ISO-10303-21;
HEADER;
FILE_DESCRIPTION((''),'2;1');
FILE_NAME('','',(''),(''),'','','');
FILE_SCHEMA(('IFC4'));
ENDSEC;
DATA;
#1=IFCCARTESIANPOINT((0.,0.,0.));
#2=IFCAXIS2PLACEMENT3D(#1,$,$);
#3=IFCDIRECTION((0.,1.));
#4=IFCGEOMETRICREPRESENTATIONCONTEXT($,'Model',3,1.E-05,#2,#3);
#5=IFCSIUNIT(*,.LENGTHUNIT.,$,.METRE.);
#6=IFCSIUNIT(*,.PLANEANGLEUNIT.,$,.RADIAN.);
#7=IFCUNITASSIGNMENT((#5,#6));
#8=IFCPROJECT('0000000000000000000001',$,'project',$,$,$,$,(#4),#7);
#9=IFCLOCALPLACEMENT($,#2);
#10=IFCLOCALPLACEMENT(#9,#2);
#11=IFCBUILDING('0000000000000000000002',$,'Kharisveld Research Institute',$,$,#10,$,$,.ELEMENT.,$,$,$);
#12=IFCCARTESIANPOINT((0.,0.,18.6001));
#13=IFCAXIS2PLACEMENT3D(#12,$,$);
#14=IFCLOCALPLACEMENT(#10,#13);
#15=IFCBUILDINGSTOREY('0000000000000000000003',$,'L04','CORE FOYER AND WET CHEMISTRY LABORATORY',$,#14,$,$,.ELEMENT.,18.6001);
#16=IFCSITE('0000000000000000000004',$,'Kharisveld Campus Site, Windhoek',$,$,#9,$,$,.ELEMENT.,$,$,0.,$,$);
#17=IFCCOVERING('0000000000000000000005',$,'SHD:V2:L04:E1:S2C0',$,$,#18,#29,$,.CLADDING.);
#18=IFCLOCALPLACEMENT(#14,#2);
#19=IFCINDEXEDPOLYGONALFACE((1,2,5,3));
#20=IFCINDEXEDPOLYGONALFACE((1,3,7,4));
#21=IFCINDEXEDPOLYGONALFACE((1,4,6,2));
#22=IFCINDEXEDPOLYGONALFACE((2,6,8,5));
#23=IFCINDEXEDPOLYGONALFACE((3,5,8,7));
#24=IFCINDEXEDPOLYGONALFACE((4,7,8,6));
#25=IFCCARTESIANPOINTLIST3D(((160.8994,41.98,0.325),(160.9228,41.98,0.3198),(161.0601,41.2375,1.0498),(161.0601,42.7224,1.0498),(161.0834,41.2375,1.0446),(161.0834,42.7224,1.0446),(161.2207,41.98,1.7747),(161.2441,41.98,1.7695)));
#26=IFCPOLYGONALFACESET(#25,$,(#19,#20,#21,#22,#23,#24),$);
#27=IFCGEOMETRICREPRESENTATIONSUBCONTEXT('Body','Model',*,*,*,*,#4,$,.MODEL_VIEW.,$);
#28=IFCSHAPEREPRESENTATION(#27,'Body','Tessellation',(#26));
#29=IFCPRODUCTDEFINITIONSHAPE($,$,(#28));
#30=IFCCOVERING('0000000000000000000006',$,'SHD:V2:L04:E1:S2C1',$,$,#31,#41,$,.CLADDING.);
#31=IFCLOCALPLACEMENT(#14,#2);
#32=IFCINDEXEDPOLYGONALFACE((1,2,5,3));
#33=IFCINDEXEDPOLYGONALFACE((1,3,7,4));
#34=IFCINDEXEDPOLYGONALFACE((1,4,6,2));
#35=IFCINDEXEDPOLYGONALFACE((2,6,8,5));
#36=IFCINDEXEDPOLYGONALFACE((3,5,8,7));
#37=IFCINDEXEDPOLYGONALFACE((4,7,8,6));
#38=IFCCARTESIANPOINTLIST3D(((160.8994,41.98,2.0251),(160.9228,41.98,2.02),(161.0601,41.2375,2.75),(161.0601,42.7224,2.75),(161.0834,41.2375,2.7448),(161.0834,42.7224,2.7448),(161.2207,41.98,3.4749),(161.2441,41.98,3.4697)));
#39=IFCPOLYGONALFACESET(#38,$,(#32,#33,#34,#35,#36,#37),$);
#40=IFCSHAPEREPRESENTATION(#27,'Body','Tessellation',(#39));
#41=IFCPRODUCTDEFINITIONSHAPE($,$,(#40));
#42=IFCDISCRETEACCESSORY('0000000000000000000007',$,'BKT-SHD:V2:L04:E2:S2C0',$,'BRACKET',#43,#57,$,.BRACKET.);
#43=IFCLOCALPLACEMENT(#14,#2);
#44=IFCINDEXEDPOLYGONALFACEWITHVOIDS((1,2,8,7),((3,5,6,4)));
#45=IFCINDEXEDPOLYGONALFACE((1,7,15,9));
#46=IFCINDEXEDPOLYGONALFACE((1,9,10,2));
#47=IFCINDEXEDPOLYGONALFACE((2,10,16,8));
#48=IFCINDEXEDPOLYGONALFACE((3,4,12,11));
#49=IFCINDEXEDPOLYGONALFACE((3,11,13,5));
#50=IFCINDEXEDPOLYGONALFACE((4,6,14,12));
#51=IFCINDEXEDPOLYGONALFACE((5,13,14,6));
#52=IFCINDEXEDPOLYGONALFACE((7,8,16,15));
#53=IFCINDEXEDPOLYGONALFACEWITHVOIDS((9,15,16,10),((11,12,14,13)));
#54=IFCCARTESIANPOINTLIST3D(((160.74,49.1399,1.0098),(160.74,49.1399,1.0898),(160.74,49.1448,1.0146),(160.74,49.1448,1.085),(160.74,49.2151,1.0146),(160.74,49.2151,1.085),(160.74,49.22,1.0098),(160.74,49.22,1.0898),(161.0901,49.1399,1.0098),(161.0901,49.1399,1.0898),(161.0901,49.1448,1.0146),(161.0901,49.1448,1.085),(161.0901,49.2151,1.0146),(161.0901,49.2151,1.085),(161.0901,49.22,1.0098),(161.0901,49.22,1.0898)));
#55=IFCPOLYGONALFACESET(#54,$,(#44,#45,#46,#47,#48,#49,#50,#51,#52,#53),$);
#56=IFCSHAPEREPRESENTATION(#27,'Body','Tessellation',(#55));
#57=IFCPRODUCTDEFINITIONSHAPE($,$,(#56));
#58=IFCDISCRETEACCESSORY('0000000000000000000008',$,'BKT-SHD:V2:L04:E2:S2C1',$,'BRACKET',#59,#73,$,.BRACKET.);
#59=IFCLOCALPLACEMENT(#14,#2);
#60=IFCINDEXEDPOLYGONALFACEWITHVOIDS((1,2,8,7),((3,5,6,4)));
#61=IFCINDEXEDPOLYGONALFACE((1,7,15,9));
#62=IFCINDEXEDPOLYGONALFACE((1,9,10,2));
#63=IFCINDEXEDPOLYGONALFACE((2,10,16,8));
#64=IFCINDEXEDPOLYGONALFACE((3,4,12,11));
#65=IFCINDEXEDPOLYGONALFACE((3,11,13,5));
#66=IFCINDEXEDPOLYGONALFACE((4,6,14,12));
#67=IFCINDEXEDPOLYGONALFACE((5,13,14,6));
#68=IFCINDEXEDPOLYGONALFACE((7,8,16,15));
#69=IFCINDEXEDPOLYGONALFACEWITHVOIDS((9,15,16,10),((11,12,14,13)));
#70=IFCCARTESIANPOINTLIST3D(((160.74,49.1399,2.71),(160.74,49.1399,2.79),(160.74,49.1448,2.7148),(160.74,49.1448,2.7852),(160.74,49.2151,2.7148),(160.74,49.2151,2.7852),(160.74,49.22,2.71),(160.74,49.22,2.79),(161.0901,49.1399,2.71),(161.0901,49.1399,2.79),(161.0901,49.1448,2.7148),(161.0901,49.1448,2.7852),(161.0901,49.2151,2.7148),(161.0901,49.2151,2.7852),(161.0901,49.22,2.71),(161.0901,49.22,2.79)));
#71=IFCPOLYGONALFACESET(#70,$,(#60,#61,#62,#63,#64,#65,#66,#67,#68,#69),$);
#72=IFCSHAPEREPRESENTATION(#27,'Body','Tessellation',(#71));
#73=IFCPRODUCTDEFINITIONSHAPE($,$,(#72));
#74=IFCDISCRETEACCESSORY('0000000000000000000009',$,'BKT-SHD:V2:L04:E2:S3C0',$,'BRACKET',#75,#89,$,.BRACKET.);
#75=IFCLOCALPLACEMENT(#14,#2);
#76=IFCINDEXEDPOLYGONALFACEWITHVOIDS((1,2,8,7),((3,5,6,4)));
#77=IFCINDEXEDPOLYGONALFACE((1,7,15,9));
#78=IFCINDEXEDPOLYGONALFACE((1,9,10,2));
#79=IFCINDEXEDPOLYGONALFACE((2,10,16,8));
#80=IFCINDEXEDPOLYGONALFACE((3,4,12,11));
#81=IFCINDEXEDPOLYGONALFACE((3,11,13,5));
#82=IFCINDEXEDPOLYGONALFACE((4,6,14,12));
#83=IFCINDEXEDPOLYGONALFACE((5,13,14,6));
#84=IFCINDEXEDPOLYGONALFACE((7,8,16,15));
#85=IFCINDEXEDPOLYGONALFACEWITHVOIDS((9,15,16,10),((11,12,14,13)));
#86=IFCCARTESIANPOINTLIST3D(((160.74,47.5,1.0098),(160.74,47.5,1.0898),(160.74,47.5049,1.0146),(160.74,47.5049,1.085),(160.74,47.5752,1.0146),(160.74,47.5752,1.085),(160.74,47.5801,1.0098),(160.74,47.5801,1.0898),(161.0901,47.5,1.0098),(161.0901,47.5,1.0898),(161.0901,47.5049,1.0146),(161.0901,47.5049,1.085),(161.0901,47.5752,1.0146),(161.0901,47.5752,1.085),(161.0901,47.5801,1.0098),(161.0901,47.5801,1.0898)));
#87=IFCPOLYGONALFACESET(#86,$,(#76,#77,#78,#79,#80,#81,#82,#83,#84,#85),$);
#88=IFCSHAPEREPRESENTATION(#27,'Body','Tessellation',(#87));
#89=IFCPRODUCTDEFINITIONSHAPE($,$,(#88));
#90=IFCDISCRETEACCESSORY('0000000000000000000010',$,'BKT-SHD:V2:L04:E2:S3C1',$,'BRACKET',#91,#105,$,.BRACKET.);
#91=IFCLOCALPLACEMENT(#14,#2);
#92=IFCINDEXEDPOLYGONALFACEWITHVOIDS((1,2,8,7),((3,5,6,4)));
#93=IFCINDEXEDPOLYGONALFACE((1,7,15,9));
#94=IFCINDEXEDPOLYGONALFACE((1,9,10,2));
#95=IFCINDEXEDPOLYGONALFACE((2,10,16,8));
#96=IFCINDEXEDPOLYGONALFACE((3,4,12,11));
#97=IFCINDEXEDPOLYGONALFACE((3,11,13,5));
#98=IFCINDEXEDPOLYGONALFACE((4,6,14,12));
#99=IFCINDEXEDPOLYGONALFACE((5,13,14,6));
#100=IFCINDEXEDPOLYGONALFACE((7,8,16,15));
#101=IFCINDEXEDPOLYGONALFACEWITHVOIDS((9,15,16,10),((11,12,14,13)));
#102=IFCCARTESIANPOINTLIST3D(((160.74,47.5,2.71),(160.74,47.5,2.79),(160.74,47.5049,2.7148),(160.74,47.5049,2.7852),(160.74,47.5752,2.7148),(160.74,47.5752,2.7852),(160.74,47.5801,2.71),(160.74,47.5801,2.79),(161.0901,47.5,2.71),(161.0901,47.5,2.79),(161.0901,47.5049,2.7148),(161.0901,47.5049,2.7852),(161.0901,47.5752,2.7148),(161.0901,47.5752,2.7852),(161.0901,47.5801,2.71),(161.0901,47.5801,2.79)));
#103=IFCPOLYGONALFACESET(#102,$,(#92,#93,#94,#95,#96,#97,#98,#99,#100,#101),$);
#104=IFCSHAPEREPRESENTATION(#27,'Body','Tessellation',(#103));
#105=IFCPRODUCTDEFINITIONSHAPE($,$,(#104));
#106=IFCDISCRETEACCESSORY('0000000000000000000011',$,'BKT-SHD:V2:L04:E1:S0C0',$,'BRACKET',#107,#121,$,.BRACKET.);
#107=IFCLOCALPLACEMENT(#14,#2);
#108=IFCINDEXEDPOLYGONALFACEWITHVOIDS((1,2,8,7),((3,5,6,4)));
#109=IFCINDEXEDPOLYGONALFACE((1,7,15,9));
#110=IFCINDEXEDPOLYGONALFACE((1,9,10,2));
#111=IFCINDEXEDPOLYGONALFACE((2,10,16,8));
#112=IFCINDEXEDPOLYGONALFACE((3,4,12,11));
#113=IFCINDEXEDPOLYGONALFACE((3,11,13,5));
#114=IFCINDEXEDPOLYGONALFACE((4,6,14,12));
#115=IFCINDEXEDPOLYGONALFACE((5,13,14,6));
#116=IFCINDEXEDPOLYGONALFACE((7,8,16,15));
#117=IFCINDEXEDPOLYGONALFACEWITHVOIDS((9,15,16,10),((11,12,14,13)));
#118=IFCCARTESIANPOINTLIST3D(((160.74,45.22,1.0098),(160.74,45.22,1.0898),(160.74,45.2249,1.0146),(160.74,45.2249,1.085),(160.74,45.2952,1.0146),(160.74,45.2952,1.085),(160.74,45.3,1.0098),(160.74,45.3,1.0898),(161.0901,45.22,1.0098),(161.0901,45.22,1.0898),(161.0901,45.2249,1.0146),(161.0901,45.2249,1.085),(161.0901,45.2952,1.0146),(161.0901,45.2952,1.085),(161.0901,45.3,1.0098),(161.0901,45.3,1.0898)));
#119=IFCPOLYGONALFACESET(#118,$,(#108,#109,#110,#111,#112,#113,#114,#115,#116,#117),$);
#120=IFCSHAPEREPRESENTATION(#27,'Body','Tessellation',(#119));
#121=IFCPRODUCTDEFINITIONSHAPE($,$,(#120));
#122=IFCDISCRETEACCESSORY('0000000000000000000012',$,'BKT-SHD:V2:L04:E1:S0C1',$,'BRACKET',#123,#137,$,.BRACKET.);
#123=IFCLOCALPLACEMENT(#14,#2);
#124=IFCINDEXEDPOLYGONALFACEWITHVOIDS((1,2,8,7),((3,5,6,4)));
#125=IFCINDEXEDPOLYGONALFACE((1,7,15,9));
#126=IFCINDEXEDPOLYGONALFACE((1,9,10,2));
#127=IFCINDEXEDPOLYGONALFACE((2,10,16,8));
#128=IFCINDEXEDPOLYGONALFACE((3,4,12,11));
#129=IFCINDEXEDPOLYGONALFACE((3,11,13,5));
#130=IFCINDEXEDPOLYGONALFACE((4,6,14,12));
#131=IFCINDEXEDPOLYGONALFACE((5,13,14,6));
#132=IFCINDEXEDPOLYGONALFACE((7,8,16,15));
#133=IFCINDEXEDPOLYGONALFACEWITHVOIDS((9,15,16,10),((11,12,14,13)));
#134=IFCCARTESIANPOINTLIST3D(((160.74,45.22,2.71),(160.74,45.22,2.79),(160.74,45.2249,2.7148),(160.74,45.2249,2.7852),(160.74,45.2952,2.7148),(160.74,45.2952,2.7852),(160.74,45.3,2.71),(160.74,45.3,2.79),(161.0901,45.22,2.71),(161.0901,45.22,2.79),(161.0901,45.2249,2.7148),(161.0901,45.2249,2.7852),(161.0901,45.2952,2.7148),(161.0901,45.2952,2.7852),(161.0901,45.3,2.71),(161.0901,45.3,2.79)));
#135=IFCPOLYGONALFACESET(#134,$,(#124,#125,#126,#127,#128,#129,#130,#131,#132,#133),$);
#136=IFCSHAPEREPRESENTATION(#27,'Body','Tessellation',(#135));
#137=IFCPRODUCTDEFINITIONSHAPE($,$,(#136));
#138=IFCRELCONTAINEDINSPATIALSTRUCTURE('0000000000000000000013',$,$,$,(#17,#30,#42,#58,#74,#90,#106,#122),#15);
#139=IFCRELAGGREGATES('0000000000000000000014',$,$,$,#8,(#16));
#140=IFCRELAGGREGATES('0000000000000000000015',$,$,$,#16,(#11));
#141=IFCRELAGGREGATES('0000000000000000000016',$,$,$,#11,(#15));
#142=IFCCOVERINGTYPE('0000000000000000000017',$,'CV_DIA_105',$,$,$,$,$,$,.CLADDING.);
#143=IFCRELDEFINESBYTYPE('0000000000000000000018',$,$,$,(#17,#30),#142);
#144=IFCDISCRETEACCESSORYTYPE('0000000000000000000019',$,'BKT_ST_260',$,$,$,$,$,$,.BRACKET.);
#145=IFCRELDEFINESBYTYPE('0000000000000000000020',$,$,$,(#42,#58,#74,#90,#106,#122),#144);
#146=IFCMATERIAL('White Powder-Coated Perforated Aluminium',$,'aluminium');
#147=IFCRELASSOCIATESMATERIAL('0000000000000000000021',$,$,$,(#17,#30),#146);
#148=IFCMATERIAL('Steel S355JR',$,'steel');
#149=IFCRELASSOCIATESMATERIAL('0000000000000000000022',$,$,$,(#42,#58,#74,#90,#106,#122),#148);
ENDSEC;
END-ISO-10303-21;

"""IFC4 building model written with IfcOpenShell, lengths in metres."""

from ifc_helpers import new_model, si_unit, direction, frame, origin, origin_2d, place, context, subcontext, project, spatial, polyline, hollow_rectangle, outline, extrude, material, type_object, element, save


model = new_model("IFC4")

# Units and contexts
model_context = context("Model", 3, precision=1e-05, world=origin(), true_north=direction((0.0, 1.0)))
body_context = subcontext(model_context, "Body", "Model", "MODEL_VIEW")
ifc_project = project(units=[si_unit("LENGTHUNIT", "METRE"), si_unit("PLANEANGLEUNIT", "RADIAN")], contexts=[model_context])

# Site, building, storey
site_placement = place(None, origin())
site = spatial("IfcSite", under=ifc_project, at=site_placement, Name="Kharisveld Campus Site, Windhoek", CompositionType="ELEMENT", RefElevation=0.0)
building_placement = place(site_placement, origin())
building = spatial("IfcBuilding", under=site, at=building_placement, Name="Kharisveld Research Institute", CompositionType="ELEMENT")
storey_placement = place(building_placement, frame((0.0, 0.0, 18.6001)))
storey = spatial("IfcBuildingStorey", under=building, at=storey_placement, Name="L04", Description="CORE FOYER AND WET CHEMISTRY LABORATORY", CompositionType="ELEMENT", Elevation=18.6001)

# Coverings
ifc_material_1 = material(Name="White Powder-Coated Perforated Aluminium", Category="aluminium")
covering_type = type_object("IfcCoveringType", Name="CV_DIA_105", PredefinedType="CLADDING")
for number, where, z_axis, x_axis, name in (
    (1, (160.8994, 41.98, 0.325), (-0.976311, 0.0, 0.216373), (0.153, -0.707102, 0.69036), "SHD:V2:L04:E1:S2C0"),
    (2, (160.8994, 41.98, 2.0251), (-0.976311, 0.0, 0.216373), (0.153, -0.707102, 0.69036), "SHD:V2:L04:E1:S2C1"),
):
    element("IfcCovering", number, at=place(storey_placement, frame(where, z_axis=z_axis, x_axis=x_axis)), inside=storey, type_object=covering_type, material=ifc_material_1, Name=name, PredefinedType="CLADDING", context=body_context, shape_type="SweptSolid", body=[
        extrude(outline(polyline([(0.0, 0.0), (1.05, 0.0), (1.05, 1.05), (0.0, 1.05), (0.0, 0.0)])), origin(), (0.0, 0.0, -1.0), 0.0239),
    ])

# Discrete accessories
ifc_material_2 = material(Name="Steel S355JR", Category="steel")
discrete_accessory_type = type_object("IfcDiscreteAccessoryType", Name="BKT_ST_260", PredefinedType="BRACKET")
for number, where, z_axis, x_axis, name in (
    (3, (160.74, 49.1799, 1.0498), (1.0, 0.0, 0.0), (0.0, 1.0, 0.0), "BKT-SHD:V2:L04:E2:S2C0"),
    (4, (160.74, 49.1799, 2.75), (1.0, 0.0, 0.0), (0.0, 1.0, 0.0), "BKT-SHD:V2:L04:E2:S2C1"),
    (5, (160.74, 47.54, 1.0498), (1.0, 0.0, 0.0), (0.0, 1.0, 0.0), "BKT-SHD:V2:L04:E2:S3C0"),
    (6, (160.74, 47.54, 2.75), (1.0, 0.0, 0.0), (0.0, 1.0, 0.0), "BKT-SHD:V2:L04:E2:S3C1"),
    (7, (160.74, 45.26, 1.0498), (1.0, 0.0, 0.0), (0.0, 1.0, 0.0), "BKT-SHD:V2:L04:E1:S0C0"),
    (8, (160.74, 45.26, 2.75), (1.0, 0.0, 0.0), (0.0, 1.0, 0.0), "BKT-SHD:V2:L04:E1:S0C1"),
):
    element("IfcDiscreteAccessory", number, at=place(storey_placement, frame(where, z_axis=z_axis, x_axis=x_axis)), inside=storey, type_object=discrete_accessory_type, material=ifc_material_2, Name=name, ObjectType="BRACKET", PredefinedType="BRACKET", context=body_context, shape_type="SweptSolid", body=[
        extrude(hollow_rectangle(XDim=0.0801, YDim=0.0801, WallThickness=0.0049, at=origin_2d()), origin(), (0.0, 0.0, 1.0), 0.3501),
    ])

save(model, "model.ifc")
